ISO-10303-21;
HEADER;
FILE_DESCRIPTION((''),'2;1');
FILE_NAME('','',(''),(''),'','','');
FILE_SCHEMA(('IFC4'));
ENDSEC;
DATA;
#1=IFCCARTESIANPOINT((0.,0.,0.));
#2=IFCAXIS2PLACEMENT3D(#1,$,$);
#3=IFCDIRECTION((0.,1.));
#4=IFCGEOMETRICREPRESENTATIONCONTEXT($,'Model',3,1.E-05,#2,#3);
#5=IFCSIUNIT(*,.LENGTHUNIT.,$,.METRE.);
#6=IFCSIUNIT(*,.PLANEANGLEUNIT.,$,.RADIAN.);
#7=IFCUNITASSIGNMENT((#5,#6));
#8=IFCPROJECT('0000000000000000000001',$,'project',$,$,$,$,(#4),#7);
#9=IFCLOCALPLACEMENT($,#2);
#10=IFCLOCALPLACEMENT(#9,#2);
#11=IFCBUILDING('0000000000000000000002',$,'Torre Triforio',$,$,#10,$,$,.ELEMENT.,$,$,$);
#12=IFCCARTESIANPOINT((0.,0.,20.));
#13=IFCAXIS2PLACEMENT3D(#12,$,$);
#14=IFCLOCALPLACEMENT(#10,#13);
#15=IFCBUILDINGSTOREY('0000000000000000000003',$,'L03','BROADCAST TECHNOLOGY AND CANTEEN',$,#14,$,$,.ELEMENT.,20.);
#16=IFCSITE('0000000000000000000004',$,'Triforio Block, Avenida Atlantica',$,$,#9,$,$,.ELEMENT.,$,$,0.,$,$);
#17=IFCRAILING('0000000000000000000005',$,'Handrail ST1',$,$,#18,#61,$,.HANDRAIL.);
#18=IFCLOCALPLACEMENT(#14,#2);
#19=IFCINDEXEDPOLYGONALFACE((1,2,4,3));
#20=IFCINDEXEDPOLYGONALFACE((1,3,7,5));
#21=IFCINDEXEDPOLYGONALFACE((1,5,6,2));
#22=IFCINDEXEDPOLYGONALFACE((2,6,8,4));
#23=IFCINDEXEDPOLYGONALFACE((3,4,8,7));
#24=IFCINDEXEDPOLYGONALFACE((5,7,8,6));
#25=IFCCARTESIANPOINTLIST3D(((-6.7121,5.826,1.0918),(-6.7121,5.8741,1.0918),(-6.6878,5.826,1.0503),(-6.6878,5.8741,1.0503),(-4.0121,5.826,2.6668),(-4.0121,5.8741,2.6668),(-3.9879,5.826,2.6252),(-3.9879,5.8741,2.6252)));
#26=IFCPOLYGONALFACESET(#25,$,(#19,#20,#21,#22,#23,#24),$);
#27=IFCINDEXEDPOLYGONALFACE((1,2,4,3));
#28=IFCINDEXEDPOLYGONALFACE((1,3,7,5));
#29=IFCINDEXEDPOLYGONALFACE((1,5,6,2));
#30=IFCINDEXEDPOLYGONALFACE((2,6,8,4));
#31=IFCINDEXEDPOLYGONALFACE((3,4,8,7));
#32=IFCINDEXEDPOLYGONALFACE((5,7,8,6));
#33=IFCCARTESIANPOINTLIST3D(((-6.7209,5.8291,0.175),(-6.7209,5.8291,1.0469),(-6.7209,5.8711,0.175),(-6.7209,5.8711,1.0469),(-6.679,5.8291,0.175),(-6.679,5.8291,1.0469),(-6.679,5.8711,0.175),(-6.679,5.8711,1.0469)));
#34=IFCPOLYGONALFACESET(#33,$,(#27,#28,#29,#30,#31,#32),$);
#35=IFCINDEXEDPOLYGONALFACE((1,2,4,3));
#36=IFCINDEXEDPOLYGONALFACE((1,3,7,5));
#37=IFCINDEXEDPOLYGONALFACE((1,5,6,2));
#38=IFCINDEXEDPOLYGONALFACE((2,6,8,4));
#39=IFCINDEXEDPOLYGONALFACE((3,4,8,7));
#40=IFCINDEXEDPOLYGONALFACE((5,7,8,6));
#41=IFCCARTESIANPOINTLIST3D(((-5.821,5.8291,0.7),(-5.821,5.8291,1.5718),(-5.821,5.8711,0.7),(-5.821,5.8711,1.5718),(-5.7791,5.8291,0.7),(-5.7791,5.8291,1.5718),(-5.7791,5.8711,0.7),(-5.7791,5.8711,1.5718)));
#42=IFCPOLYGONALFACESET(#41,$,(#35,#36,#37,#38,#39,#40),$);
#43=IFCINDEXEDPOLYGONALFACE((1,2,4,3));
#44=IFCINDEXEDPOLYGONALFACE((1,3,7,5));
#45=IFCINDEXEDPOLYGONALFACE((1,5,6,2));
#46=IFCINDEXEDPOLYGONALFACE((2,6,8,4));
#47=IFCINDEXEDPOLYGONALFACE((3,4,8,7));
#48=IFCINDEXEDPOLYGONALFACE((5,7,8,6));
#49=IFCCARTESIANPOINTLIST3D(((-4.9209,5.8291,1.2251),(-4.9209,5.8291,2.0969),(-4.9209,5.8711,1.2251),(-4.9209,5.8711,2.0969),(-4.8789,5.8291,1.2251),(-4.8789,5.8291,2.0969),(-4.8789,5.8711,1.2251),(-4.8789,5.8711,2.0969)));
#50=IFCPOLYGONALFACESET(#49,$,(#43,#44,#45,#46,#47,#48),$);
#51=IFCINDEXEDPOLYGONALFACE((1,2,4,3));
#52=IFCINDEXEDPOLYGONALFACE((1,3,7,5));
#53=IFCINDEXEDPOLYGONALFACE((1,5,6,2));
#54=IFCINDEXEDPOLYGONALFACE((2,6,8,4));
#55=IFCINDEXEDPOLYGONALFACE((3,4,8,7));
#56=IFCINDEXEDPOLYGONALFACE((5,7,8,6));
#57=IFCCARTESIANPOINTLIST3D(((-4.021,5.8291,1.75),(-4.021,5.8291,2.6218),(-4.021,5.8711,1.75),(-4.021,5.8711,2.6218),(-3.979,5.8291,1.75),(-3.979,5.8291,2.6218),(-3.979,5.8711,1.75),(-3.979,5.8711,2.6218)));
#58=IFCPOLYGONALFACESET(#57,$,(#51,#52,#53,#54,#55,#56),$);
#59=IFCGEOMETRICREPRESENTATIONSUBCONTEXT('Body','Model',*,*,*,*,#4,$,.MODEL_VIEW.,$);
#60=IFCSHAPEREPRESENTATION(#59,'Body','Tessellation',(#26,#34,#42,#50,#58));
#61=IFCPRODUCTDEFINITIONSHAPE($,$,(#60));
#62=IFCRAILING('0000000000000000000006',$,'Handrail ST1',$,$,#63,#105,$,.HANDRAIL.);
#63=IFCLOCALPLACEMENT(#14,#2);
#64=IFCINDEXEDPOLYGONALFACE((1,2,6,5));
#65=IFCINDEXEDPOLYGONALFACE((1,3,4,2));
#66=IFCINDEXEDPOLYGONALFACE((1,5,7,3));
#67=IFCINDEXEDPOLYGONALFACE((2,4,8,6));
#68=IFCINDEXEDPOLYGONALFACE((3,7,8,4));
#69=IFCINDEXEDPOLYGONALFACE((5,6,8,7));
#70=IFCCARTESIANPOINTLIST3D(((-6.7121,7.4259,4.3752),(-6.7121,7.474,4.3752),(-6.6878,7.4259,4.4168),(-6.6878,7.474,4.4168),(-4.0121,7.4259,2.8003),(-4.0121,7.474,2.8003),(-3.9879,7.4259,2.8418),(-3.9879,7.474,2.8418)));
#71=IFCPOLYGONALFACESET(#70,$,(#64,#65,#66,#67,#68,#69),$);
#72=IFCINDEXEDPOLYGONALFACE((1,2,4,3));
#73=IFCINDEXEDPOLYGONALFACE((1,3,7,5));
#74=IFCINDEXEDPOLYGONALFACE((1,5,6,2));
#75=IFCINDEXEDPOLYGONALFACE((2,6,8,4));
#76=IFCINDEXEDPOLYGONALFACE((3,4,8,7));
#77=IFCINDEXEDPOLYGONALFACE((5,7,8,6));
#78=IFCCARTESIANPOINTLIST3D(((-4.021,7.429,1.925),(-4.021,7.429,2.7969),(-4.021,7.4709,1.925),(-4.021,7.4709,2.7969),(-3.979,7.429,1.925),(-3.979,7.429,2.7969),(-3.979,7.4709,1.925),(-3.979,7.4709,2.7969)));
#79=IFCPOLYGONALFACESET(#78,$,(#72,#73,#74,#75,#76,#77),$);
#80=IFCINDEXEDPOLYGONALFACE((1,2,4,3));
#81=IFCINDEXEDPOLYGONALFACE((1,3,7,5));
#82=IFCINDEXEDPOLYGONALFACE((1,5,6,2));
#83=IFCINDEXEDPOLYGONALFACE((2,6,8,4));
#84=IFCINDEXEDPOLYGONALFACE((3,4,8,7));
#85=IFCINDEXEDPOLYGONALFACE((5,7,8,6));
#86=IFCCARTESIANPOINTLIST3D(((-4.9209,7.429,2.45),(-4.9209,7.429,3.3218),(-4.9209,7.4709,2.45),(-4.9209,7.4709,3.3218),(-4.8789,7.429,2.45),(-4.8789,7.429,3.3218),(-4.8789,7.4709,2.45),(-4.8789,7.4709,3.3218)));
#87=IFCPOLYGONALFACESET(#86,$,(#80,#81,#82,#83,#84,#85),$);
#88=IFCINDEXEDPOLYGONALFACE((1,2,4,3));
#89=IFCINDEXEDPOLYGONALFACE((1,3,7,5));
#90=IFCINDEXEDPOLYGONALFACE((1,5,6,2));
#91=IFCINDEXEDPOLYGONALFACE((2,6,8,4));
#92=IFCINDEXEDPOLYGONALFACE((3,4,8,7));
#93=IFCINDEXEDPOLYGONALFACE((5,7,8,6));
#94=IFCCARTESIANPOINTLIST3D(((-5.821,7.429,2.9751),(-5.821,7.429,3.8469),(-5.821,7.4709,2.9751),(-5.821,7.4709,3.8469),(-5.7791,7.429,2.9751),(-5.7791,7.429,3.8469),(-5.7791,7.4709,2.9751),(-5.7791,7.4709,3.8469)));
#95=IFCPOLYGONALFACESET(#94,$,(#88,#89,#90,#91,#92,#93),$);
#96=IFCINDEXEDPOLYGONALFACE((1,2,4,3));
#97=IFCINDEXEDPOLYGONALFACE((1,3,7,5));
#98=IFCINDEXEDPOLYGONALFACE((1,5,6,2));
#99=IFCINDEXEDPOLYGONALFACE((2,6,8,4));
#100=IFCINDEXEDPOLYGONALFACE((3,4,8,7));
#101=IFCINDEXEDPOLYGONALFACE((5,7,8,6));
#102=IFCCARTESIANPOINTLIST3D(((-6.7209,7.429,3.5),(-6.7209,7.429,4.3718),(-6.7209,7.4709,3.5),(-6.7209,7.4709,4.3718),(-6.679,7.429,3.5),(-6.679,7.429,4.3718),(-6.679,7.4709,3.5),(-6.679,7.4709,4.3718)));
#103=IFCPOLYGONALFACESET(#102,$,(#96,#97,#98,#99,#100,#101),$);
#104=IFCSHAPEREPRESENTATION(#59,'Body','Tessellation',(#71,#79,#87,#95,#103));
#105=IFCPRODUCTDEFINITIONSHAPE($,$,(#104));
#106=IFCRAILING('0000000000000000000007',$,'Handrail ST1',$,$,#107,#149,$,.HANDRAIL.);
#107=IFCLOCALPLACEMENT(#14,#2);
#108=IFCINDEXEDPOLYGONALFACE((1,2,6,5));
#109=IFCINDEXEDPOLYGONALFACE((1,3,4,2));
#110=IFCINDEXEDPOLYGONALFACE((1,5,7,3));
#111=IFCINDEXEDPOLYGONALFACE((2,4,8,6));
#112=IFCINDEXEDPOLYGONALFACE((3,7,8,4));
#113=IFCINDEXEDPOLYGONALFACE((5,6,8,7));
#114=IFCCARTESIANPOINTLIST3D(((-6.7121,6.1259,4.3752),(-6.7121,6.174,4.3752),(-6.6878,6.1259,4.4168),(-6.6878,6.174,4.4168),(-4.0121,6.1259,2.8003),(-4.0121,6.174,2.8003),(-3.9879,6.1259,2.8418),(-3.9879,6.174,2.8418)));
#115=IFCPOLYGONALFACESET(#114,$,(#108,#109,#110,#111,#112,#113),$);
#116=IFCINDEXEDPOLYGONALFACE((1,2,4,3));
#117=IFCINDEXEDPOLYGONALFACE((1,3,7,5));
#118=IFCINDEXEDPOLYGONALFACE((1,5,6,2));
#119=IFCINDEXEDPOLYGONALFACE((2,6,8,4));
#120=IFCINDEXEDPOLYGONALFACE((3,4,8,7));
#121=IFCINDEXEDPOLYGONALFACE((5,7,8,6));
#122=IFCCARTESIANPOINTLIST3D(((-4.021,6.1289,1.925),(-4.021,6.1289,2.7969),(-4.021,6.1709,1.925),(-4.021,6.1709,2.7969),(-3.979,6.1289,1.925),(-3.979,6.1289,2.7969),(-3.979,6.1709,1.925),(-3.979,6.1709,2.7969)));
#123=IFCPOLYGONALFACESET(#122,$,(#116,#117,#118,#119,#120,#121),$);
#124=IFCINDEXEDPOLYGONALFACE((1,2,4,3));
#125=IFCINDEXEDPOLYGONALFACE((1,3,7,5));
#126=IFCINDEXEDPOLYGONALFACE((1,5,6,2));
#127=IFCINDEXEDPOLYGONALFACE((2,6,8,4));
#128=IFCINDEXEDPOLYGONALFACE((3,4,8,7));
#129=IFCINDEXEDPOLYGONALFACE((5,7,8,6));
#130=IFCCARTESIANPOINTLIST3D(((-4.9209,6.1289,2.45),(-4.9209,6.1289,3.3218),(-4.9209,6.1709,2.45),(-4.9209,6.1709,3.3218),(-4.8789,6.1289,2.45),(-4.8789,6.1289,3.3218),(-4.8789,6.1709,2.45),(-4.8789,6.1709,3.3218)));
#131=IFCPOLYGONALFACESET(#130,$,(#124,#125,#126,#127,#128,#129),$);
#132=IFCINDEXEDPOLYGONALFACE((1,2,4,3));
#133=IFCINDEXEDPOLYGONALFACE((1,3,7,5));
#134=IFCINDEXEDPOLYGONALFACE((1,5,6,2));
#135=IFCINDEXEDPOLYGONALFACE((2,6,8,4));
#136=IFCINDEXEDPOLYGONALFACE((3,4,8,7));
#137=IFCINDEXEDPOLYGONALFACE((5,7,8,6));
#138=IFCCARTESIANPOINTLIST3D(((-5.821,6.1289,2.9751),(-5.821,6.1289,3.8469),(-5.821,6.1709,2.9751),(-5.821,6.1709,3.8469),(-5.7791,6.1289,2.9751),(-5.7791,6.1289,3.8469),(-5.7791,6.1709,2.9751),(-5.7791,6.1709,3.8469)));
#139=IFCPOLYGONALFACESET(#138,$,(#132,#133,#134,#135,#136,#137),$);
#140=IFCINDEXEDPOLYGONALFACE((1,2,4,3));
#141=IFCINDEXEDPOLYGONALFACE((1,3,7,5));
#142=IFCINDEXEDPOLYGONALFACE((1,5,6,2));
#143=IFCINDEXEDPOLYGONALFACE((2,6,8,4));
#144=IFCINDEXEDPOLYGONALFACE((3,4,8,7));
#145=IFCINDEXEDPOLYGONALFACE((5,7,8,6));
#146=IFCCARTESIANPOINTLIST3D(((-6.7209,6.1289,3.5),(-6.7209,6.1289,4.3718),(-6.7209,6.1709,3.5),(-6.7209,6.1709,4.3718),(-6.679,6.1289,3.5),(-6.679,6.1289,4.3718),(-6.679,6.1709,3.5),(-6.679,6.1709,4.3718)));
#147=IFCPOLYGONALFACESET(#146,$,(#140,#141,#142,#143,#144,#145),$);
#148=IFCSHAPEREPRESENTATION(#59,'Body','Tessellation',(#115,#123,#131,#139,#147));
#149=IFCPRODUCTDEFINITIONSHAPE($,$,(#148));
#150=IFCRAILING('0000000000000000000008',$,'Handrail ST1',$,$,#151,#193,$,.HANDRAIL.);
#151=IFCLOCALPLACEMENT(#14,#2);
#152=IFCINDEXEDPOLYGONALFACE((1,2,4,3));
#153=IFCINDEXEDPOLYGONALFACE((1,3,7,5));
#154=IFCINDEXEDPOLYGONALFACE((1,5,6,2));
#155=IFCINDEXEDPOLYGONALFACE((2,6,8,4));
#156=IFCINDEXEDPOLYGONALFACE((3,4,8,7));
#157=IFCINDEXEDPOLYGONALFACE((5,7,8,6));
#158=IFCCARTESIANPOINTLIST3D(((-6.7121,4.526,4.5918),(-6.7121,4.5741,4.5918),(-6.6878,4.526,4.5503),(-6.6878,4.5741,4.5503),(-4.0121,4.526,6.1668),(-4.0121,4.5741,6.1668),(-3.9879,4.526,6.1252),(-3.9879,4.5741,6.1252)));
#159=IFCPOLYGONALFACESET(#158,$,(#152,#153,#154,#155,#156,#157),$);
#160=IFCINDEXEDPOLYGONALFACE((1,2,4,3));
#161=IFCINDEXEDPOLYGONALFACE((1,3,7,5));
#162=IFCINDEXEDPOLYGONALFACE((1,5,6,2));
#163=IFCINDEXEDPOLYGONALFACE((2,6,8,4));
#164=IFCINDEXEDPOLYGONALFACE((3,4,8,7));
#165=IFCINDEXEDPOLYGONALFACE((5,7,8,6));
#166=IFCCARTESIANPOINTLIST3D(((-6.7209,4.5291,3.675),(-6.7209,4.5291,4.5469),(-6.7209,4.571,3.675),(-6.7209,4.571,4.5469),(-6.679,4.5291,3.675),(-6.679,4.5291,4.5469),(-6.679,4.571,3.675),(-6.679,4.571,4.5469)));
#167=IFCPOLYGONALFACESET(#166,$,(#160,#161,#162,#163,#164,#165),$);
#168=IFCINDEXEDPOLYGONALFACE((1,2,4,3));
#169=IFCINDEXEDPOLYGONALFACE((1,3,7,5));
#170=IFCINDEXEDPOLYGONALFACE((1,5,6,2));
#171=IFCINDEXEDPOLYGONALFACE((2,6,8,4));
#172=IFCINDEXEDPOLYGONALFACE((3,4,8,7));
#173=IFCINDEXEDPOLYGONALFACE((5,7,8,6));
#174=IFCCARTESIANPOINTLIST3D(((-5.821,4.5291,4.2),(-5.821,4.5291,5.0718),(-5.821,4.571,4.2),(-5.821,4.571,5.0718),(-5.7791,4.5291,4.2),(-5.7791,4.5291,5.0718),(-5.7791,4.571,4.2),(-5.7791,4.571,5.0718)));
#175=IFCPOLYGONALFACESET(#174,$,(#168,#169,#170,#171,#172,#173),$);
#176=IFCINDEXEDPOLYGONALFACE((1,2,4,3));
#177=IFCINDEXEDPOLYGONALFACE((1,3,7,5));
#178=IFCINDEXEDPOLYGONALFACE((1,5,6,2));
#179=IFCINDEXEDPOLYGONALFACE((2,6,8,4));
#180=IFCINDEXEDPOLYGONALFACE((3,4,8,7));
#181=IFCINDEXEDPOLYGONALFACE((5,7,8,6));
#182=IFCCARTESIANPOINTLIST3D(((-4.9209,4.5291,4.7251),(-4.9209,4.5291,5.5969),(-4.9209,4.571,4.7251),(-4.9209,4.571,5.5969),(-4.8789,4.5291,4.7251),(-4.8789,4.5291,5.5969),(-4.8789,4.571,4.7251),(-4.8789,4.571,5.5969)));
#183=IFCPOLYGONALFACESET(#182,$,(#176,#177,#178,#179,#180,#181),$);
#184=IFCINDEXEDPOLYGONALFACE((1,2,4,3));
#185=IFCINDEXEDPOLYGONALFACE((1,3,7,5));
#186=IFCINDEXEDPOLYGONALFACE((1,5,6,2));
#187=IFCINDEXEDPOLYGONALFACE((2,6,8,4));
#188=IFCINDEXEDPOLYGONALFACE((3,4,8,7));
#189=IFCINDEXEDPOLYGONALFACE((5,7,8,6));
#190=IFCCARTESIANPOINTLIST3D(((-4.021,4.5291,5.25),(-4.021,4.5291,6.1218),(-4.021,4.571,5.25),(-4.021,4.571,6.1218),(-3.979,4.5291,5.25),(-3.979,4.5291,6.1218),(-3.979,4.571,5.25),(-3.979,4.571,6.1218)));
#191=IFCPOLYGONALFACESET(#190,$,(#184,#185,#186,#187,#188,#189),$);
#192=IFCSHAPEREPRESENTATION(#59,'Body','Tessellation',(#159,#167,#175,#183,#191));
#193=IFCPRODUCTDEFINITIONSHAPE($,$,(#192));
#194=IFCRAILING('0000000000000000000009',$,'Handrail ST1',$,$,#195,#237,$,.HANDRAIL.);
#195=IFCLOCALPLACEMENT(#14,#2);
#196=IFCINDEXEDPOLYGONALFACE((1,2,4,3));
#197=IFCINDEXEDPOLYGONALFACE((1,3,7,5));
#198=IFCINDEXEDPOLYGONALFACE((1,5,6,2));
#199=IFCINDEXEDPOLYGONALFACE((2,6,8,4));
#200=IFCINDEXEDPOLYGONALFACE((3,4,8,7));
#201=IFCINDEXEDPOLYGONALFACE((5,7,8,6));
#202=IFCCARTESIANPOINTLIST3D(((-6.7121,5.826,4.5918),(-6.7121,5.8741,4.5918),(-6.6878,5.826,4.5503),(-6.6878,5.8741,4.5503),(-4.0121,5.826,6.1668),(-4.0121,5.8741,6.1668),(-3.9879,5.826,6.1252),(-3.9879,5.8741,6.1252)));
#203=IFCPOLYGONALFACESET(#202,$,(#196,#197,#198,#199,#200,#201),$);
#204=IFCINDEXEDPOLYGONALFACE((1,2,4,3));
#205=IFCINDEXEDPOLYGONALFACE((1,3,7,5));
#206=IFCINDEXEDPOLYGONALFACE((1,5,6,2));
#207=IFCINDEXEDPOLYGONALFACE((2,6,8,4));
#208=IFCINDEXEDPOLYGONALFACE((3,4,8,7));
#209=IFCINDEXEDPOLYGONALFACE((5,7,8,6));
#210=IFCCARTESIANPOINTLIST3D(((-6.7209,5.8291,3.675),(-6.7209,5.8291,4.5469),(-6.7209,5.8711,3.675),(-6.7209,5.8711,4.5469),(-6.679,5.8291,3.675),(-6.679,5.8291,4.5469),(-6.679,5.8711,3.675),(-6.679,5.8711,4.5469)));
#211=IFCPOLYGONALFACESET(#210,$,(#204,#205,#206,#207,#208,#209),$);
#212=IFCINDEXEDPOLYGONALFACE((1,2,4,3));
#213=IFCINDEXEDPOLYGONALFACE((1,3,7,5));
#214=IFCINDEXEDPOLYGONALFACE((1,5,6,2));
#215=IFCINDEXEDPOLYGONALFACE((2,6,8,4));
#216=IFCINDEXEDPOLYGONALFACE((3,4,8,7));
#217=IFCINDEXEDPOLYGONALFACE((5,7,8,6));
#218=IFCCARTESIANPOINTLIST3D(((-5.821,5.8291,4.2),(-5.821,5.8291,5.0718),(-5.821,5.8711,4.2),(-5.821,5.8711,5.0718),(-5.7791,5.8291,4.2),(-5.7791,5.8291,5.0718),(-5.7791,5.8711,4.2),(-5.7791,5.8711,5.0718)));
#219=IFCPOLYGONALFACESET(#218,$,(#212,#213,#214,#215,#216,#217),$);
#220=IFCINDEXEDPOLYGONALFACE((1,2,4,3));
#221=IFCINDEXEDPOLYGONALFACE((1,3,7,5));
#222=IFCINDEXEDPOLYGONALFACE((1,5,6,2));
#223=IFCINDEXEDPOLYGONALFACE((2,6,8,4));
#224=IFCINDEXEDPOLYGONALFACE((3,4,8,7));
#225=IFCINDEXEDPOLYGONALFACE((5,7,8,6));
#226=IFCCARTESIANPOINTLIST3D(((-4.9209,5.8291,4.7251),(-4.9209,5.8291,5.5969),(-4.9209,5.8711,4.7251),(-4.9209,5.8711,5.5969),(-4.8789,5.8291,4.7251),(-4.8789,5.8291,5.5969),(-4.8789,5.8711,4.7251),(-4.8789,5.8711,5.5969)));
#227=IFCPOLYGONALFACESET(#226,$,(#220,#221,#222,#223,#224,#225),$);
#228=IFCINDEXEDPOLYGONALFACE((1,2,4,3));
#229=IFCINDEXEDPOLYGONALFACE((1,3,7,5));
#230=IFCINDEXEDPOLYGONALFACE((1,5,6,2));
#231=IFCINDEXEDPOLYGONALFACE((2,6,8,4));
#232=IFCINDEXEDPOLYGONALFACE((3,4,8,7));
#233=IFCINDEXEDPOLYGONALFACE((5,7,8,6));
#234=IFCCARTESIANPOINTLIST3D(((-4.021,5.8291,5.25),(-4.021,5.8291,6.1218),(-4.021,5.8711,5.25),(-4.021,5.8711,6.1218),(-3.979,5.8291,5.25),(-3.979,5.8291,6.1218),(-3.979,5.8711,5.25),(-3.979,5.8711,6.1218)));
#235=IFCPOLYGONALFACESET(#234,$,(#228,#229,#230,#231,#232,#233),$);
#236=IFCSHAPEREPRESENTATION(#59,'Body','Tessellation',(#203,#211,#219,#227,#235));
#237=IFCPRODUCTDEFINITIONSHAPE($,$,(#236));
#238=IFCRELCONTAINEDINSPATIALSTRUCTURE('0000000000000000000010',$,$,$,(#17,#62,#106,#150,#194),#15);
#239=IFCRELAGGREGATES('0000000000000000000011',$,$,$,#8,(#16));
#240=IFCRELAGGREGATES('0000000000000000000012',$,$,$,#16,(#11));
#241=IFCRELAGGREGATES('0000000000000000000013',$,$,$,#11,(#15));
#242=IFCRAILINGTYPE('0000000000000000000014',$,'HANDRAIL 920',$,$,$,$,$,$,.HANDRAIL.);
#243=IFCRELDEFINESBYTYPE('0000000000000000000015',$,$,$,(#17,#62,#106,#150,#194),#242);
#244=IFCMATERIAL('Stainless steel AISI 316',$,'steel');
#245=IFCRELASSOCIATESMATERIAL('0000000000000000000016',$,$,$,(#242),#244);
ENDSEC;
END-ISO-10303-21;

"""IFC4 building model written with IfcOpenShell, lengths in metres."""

from ifc_helpers import new_model, si_unit, direction, frame, origin, origin_2d, place, context, subcontext, project, spatial, rectangle, extrude, material, type_object, element, save


model = new_model("IFC4")

# Units and contexts
model_context = context("Model", 3, precision=1e-05, world=origin(), true_north=direction((0.0, 1.0)))
body_context = subcontext(model_context, "Body", "Model", "MODEL_VIEW")
ifc_project = project(units=[si_unit("LENGTHUNIT", "METRE"), si_unit("PLANEANGLEUNIT", "RADIAN")], contexts=[model_context])

# Site, building, storey
site_placement = place(None, origin())
site = spatial("IfcSite", under=ifc_project, at=site_placement, Name="Triforio Block, Avenida Atlantica", CompositionType="ELEMENT", RefElevation=0.0)
building_placement = place(site_placement, origin())
building = spatial("IfcBuilding", under=site, at=building_placement, Name="Torre Triforio", CompositionType="ELEMENT")
storey_placement = place(building_placement, frame((0.0, 0.0, 20.0)))
storey = spatial("IfcBuildingStorey", under=building, at=storey_placement, Name="L03", Description="BROADCAST TECHNOLOGY AND CANTEEN", CompositionType="ELEMENT", Elevation=20.0)

# Railings
ifc_material_1 = material(Name="Stainless steel AISI 316", Category="steel")
railing_type = type_object("IfcRailingType", Name="HANDRAIL 920", PredefinedType="HANDRAIL", material=ifc_material_1)
for number, where, name in (
    (1, (-6.7, 5.8501, 0.175), "Handrail ST1"),
):
    element("IfcRailing", number, at=place(storey_placement, frame(where)), inside=storey, type_object=railing_type, Name=name, PredefinedType="HANDRAIL", context=body_context, shape_type="SweptSolid", body=[
        extrude(rectangle(XDim=0.0481, YDim=0.0481, at=origin_2d()), frame((0.0, 0.0, 0.896), z_axis=(0.863782, 0.0, 0.503866), x_axis=(0.0, 1.0, 0.0)), (0.0, 0.0, 1.0), 3.1257),
        extrude(rectangle(XDim=0.042, YDim=0.042, at=origin_2d()), origin(), (0.0, 0.0, 1.0), 0.8718),
        extrude(rectangle(XDim=0.042, YDim=0.042, at=origin_2d()), frame((0.8999, 0.0, 0.5249)), (0.0, 0.0, 1.0), 0.8718),
        extrude(rectangle(XDim=0.042, YDim=0.042, at=origin_2d()), frame((1.8, 0.0, 1.05)), (0.0, 0.0, 1.0), 0.8718),
        extrude(rectangle(XDim=0.042, YDim=0.042, at=origin_2d()), frame((2.7, 0.0, 1.575)), (0.0, 0.0, 1.0), 0.8718),
    ])
for number, where, name in (
    (2, (-4.0, 7.45, 1.925), "Handrail ST1"),
    (3, (-4.0, 6.1499, 1.925), "Handrail ST1"),
):
    element("IfcRailing", number, at=place(storey_placement, frame(where)), inside=storey, type_object=railing_type, Name=name, PredefinedType="HANDRAIL", context=body_context, shape_type="SweptSolid", body=[
        extrude(rectangle(XDim=0.0481, YDim=0.0481, at=origin_2d()), frame((0.0, 0.0, 0.896), z_axis=(-0.863782, 0.0, 0.503866), x_axis=(0.0, -1.0, 0.0)), (0.0, 0.0, 1.0), 3.1257),
        extrude(rectangle(XDim=0.042, YDim=0.042, at=origin_2d()), origin(), (0.0, 0.0, 1.0), 0.8718),
        extrude(rectangle(XDim=0.042, YDim=0.042, at=origin_2d()), frame((-0.8999, 0.0, 0.5249)), (0.0, 0.0, 1.0), 0.8718),
        extrude(rectangle(XDim=0.042, YDim=0.042, at=origin_2d()), frame((-1.8, 0.0, 1.05)), (0.0, 0.0, 1.0), 0.8718),
        extrude(rectangle(XDim=0.042, YDim=0.042, at=origin_2d()), frame((-2.7, 0.0, 1.575)), (0.0, 0.0, 1.0), 0.8718),
    ])
for number, where, name in (
    (4, (-6.7, 4.55, 3.675), "Handrail ST1"),
    (5, (-6.7, 5.8501, 3.675), "Handrail ST1"),
):
    element("IfcRailing", number, at=place(storey_placement, frame(where)), inside=storey, type_object=railing_type, Name=name, PredefinedType="HANDRAIL", context=body_context, shape_type="SweptSolid", body=[
        extrude(rectangle(XDim=0.0481, YDim=0.0481, at=origin_2d()), frame((0.0, 0.0, 0.896), z_axis=(0.863782, 0.0, 0.503866), x_axis=(0.0, 1.0, 0.0)), (0.0, 0.0, 1.0), 3.1257),
        extrude(rectangle(XDim=0.042, YDim=0.042, at=origin_2d()), origin(), (0.0, 0.0, 1.0), 0.8718),
        extrude(rectangle(XDim=0.042, YDim=0.042, at=origin_2d()), frame((0.8999, 0.0, 0.5249)), (0.0, 0.0, 1.0), 0.8718),
        extrude(rectangle(XDim=0.042, YDim=0.042, at=origin_2d()), frame((1.8, 0.0, 1.05)), (0.0, 0.0, 1.0), 0.8718),
        extrude(rectangle(XDim=0.042, YDim=0.042, at=origin_2d()), frame((2.7, 0.0, 1.575)), (0.0, 0.0, 1.0), 0.8718),
    ])

save(model, "model.ifc")
